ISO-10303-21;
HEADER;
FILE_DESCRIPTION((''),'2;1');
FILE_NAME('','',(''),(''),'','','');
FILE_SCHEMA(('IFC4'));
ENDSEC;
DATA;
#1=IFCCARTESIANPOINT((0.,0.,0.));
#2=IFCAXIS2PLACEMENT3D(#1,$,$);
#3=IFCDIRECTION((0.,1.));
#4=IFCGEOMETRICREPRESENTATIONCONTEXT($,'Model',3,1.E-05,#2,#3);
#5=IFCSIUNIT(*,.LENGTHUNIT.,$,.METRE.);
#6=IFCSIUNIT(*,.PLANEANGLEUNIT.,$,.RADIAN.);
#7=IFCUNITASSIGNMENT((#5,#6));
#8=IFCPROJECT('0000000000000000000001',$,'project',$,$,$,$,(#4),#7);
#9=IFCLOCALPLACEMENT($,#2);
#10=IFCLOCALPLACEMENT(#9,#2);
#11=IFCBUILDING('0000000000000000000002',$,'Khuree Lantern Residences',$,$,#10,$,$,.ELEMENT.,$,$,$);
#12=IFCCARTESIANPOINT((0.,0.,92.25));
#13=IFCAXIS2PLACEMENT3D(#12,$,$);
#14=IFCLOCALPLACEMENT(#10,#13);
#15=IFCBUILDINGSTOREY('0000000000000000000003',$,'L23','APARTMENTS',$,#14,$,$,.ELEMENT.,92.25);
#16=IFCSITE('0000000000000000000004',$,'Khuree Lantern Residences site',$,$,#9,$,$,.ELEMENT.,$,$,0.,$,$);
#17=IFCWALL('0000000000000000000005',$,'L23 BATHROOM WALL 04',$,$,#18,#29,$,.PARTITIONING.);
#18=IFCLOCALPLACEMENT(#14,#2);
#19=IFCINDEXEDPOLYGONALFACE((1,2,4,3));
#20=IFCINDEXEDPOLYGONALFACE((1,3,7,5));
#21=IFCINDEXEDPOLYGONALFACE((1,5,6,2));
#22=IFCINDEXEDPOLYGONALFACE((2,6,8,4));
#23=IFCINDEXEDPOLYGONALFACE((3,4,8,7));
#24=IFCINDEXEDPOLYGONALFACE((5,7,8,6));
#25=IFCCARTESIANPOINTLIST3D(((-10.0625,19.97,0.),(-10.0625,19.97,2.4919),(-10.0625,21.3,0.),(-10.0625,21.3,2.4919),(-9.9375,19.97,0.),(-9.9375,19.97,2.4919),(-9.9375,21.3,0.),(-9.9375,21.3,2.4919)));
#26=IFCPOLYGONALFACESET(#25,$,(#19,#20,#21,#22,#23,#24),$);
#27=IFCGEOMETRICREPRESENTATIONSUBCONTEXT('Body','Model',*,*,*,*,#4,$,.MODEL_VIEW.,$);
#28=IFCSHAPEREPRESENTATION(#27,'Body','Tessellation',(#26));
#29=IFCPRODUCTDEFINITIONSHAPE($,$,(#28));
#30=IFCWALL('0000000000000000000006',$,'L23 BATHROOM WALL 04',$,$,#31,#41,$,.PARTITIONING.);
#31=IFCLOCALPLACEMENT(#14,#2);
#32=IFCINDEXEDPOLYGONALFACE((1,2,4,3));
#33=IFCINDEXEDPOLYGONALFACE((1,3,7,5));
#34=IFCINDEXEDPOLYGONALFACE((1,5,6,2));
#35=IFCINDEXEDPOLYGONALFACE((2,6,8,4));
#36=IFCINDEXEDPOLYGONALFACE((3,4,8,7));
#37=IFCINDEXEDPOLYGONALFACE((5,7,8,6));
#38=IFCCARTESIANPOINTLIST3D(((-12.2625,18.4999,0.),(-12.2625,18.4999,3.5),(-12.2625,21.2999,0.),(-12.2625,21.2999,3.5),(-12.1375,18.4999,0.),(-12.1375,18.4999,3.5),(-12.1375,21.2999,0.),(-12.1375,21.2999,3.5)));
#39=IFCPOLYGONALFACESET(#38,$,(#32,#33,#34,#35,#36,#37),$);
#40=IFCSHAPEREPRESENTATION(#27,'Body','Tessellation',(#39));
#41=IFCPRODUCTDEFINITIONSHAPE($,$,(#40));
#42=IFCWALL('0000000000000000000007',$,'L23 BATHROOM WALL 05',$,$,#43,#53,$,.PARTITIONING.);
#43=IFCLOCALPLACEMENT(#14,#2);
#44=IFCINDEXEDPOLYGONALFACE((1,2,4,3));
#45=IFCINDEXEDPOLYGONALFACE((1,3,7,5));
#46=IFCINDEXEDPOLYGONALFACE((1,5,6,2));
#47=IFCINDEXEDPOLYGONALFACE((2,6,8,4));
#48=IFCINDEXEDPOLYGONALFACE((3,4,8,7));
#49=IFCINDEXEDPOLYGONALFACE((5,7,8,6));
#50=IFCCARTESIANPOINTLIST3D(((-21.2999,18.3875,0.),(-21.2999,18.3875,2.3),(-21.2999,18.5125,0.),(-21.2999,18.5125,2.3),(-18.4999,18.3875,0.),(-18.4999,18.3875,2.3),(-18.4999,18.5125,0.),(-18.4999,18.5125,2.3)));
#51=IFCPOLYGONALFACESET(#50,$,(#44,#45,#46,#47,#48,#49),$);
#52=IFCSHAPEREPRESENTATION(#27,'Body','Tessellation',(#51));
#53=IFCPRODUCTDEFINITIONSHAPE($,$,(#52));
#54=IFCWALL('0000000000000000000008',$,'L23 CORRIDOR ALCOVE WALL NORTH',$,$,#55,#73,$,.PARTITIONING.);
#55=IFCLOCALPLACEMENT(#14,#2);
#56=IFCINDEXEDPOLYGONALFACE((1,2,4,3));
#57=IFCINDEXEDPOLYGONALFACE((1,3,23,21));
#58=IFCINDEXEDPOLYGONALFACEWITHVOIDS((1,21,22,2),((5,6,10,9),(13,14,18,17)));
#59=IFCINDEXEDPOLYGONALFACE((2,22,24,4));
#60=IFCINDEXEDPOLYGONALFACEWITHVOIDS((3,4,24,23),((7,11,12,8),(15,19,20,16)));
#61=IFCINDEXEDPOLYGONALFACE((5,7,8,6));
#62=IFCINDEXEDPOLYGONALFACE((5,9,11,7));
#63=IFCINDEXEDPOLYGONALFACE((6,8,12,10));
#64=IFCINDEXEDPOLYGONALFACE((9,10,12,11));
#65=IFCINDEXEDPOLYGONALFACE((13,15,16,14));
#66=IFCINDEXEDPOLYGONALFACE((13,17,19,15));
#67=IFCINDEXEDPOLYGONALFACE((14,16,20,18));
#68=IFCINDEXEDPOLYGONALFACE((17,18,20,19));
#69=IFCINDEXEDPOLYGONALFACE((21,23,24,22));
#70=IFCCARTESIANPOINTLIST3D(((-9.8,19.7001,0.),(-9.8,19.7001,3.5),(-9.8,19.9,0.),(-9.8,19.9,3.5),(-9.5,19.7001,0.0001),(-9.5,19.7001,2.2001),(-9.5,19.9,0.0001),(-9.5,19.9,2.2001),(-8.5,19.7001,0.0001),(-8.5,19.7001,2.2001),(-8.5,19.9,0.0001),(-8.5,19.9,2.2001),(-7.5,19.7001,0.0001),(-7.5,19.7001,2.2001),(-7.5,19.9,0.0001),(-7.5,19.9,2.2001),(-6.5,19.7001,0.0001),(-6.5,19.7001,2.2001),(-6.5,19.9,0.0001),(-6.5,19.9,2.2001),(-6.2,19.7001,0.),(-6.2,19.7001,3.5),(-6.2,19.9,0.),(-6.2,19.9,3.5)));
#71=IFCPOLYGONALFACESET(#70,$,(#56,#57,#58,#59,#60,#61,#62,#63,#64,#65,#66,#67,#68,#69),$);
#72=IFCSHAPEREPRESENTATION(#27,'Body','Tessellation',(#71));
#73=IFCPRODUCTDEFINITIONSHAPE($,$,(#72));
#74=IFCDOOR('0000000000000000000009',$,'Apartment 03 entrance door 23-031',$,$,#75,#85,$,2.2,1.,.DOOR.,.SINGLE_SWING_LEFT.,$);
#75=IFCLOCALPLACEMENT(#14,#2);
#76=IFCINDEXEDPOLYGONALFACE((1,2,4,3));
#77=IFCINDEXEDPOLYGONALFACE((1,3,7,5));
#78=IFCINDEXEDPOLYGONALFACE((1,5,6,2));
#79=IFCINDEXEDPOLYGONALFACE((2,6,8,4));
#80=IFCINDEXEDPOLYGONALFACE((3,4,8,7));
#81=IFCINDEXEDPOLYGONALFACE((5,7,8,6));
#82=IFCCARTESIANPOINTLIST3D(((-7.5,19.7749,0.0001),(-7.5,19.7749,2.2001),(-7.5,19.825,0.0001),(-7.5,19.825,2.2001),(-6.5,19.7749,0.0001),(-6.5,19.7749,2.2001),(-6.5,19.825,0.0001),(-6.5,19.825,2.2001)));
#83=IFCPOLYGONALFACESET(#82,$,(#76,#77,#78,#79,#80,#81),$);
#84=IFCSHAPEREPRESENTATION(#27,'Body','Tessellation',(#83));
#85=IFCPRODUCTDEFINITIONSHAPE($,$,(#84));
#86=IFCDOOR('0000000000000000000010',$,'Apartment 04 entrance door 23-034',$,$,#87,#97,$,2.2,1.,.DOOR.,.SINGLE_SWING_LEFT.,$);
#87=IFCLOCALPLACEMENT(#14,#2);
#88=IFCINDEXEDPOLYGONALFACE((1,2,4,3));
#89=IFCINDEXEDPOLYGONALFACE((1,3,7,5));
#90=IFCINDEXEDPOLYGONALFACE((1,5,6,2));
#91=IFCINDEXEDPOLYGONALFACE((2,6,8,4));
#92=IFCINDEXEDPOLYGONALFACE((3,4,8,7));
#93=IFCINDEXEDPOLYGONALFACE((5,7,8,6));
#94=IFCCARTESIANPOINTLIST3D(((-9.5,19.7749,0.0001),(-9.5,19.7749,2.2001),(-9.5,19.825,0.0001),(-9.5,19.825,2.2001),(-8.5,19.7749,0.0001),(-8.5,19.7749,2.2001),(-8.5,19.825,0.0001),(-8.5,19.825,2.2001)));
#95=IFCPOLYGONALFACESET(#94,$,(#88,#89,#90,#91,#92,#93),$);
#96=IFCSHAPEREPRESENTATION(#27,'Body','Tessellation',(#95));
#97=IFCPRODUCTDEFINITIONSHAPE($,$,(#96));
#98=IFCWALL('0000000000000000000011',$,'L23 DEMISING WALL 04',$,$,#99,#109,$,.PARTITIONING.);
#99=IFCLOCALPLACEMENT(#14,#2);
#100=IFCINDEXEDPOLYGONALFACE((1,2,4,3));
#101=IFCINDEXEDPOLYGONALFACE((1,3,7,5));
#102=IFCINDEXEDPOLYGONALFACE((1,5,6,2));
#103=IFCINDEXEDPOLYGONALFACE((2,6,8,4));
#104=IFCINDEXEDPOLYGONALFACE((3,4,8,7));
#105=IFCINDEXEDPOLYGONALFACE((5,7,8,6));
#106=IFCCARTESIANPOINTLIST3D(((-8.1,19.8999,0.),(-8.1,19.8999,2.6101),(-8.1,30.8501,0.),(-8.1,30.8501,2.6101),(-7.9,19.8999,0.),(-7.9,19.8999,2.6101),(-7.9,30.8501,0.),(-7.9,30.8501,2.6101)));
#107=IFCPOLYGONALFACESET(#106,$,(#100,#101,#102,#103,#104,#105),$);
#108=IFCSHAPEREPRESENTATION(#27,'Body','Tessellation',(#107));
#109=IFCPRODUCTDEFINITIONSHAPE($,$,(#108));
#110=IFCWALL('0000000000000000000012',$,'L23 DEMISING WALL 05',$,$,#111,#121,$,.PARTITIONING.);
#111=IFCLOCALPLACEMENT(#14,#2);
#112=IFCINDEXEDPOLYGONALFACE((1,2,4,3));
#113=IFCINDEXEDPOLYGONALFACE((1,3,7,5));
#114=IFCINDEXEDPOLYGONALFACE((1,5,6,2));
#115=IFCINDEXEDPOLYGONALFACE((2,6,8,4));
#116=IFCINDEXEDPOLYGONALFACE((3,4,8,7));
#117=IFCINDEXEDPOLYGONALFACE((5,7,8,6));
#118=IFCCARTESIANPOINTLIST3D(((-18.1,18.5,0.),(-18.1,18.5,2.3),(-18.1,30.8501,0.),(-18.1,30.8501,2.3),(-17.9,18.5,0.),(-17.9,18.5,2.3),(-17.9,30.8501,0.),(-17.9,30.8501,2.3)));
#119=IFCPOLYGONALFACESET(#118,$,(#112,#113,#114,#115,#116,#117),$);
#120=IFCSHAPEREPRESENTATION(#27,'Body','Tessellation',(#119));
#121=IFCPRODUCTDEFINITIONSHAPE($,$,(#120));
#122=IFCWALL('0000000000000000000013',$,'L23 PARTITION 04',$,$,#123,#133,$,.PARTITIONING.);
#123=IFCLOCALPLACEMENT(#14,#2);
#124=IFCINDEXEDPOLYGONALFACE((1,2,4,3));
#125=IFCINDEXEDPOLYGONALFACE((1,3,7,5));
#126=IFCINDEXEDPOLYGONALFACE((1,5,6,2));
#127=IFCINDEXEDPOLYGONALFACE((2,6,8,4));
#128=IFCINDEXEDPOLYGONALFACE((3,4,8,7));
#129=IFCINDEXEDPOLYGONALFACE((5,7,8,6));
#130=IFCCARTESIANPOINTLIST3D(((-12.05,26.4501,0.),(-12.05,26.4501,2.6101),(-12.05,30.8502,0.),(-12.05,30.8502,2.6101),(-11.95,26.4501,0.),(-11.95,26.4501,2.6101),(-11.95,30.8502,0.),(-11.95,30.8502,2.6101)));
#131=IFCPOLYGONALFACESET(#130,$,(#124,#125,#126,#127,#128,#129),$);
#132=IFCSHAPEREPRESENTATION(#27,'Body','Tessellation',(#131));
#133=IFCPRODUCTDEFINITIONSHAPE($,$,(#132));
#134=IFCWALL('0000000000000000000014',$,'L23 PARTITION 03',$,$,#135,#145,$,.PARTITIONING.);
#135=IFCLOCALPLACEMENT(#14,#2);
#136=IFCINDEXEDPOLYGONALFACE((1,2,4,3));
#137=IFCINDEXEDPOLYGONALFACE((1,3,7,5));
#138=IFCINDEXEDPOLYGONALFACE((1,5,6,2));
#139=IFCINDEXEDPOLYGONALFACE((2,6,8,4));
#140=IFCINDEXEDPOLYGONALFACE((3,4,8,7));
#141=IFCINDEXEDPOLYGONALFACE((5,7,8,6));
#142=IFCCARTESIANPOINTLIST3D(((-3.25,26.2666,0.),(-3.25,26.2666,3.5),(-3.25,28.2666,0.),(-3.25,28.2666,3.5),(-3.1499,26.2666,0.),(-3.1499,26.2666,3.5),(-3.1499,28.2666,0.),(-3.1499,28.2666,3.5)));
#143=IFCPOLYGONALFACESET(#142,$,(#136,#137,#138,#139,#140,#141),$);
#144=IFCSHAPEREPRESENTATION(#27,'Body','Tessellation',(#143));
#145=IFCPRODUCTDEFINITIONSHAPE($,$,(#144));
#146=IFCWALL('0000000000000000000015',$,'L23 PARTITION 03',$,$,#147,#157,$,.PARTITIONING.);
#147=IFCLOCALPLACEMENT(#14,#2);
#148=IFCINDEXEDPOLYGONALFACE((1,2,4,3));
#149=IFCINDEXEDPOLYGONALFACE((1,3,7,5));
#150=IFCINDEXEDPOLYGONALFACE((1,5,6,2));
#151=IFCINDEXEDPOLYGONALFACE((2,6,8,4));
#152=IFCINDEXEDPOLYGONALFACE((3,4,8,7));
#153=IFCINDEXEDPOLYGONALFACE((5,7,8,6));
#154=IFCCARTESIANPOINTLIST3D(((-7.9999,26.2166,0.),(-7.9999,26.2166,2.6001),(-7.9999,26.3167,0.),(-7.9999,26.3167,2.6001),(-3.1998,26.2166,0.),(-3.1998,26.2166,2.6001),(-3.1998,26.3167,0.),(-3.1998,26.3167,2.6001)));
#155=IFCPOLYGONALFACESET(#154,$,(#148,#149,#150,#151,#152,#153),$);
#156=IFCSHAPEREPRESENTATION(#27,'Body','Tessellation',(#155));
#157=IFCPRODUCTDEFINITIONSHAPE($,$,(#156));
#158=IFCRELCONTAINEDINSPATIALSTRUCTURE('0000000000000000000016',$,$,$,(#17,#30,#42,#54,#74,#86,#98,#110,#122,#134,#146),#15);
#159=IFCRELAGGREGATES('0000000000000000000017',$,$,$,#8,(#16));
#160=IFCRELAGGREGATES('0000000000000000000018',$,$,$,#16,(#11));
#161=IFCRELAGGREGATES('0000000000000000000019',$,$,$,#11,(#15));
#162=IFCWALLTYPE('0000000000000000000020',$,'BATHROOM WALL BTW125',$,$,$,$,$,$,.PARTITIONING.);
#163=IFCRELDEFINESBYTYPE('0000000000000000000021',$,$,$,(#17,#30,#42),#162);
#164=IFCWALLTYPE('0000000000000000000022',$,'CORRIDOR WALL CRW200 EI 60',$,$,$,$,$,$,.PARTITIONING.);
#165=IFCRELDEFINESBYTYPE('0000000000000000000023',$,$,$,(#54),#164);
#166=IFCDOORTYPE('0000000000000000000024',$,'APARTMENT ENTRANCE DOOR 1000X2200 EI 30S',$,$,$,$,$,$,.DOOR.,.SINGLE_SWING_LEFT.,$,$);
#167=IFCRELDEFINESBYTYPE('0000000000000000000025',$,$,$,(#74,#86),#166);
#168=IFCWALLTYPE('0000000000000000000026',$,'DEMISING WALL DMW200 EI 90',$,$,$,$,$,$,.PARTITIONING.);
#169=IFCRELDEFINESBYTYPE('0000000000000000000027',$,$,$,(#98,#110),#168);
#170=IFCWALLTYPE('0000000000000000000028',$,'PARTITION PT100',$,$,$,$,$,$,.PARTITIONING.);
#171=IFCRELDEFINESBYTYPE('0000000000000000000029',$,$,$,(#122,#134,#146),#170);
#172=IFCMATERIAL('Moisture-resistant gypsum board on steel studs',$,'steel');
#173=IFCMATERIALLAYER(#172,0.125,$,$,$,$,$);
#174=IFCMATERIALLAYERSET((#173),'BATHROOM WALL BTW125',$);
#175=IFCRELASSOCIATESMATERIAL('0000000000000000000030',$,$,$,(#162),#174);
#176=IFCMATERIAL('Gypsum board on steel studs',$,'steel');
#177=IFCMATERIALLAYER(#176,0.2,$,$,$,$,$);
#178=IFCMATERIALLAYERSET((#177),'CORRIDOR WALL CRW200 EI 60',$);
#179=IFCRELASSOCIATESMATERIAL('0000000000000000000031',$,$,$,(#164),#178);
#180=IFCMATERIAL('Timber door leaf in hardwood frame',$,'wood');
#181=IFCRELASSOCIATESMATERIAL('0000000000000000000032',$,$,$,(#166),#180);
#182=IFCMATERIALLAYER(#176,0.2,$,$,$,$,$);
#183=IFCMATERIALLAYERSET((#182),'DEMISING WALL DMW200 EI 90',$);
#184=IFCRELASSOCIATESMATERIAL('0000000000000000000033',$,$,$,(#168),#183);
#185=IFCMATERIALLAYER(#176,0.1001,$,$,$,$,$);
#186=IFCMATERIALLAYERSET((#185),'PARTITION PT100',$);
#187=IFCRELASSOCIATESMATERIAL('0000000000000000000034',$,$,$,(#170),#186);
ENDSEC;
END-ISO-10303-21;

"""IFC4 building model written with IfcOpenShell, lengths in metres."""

from ifc_helpers import new_model, si_unit, direction, frame, frame_2d, origin, place, context, subcontext, project, spatial, rectangle, extrude, material, layer, layer_set, type_object, element, fill, save


model = new_model("IFC4")

# Units and contexts
model_context = context("Model", 3, precision=1e-05, world=origin(), true_north=direction((0.0, 1.0)))
body_context = subcontext(model_context, "Body", "Model", "MODEL_VIEW")
ifc_project = project(units=[si_unit("LENGTHUNIT", "METRE"), si_unit("PLANEANGLEUNIT", "RADIAN")], contexts=[model_context])

# Site, building, storey
site_placement = place(None, origin())
site = spatial("IfcSite", under=ifc_project, at=site_placement, Name="Khuree Lantern Residences site", CompositionType="ELEMENT", RefElevation=0.0)
building_placement = place(site_placement, origin())
building = spatial("IfcBuilding", under=site, at=building_placement, Name="Khuree Lantern Residences", CompositionType="ELEMENT")
storey_placement = place(building_placement, frame((0.0, 0.0, 92.25)))
storey = spatial("IfcBuildingStorey", under=building, at=storey_placement, Name="L23", Description="APARTMENTS", CompositionType="ELEMENT", Elevation=92.25)

# Shared definitions
ifc_material_1 = material(Name="Moisture-resistant gypsum board on steel studs", Category="steel")
ifc_layer_1 = layer(ifc_material_1, 0.125)
ifc_layer_set_1 = layer_set([ifc_layer_1], Name="BATHROOM WALL BTW125")
wall_type_1 = type_object("IfcWallType", Name="BATHROOM WALL BTW125", PredefinedType="PARTITIONING", material=ifc_layer_set_1)
ifc_material_2 = material(Name="Timber door leaf in hardwood frame", Category="wood")

# Walls
wall_1_placement = place(storey_placement, frame((-10.0, 19.97, 0.0), z_axis=(0.0, 0.0, 1.0), x_axis=(0.0, 1.0, 0.0)))
element("IfcWall", 1, at=wall_1_placement, inside=storey, type_object=wall_type_1, Name="L23 BATHROOM WALL 04", PredefinedType="PARTITIONING", context=body_context, shape_type="SweptSolid", body=[
    extrude(rectangle(XDim=1.3301, YDim=0.125, at=frame_2d((0.665, 0.0))), origin(), (0.0, 0.0, 1.0), 2.4919),
])
wall_2_placement = place(storey_placement, frame((-12.2, 18.5, 0.0), z_axis=(0.0, 0.0, 1.0), x_axis=(0.0, 1.0, 0.0)))
element("IfcWall", 2, at=wall_2_placement, inside=storey, type_object=wall_type_1, Name="L23 BATHROOM WALL 04", PredefinedType="PARTITIONING", context=body_context, shape_type="SweptSolid", body=[
    extrude(rectangle(XDim=2.8, YDim=0.125, at=frame_2d((1.3999, 0.0))), origin(), (0.0, 0.0, 1.0), 3.5),
])
wall_3_placement = place(storey_placement, frame((-18.5, 18.45, 0.0), z_axis=(0.0, 0.0, 1.0), x_axis=(-1.0, 0.0, 0.0)))
element("IfcWall", 3, at=wall_3_placement, inside=storey, type_object=wall_type_1, Name="L23 BATHROOM WALL 05", PredefinedType="PARTITIONING", context=body_context, shape_type="SweptSolid", body=[
    extrude(rectangle(XDim=2.8, YDim=0.125, at=frame_2d((1.3999, 0.0))), origin(), (0.0, 0.0, 1.0), 2.3),
])

# Wall, openings, doors
ifc_material_3 = material(Name="Gypsum board on steel studs", Category="steel")
ifc_layer_2 = layer(ifc_material_3, 0.2)
ifc_layer_set_2 = layer_set([ifc_layer_2], Name="CORRIDOR WALL CRW200 EI 60")
wall_type_2 = type_object("IfcWallType", Name="CORRIDOR WALL CRW200 EI 60", PredefinedType="PARTITIONING", material=ifc_layer_set_2)
wall_4_placement = place(storey_placement, frame((-9.8, 19.8, 0.0), z_axis=(0.0, 0.0, 1.0), x_axis=(1.0, 0.0, 0.0)))
wall_4 = element("IfcWall", 4, at=wall_4_placement, inside=storey, type_object=wall_type_2, Name="L23 CORRIDOR ALCOVE WALL NORTH", PredefinedType="PARTITIONING", context=body_context, shape_type="SweptSolid", body=[
    extrude(rectangle(XDim=3.6001, YDim=0.2, at=frame_2d((1.8, 0.0))), origin(), (0.0, 0.0, 1.0), 3.5),
])
opening_1_placement = place(wall_4_placement, frame((2.3, 0.0, 0.0)))
opening_1 = element("IfcOpeningElement", 5, at=opening_1_placement, cuts=wall_4, PredefinedType="OPENING", context=body_context, shape_type="SweptSolid", body=[
    extrude(rectangle(XDim=1.0, YDim=2.2, at=frame_2d((0.5, 1.1001))), frame((0.0, 0.1099, 0.0), z_axis=(0.0, -1.0, 0.0), x_axis=(1.0, 0.0, 0.0)), (0.0, 0.0, 1.0), 0.22),
])
opening_2_placement = place(wall_4_placement, frame((0.3, 0.0, 0.0)))
opening_2 = element("IfcOpeningElement", 6, at=opening_2_placement, cuts=wall_4, PredefinedType="OPENING", context=body_context, shape_type="SweptSolid", body=[
    extrude(rectangle(XDim=1.0, YDim=2.2, at=frame_2d((0.5, 1.1001))), frame((0.0, 0.1099, 0.0), z_axis=(0.0, -1.0, 0.0), x_axis=(1.0, 0.0, 0.0)), (0.0, 0.0, 1.0), 0.22),
])
door_type_1 = type_object("IfcDoorType", Name="APARTMENT ENTRANCE DOOR 1000X2200 EI 30S", OperationType="SINGLE_SWING_LEFT", PredefinedType="DOOR", material=ifc_material_2)
door_1_placement = place(opening_1_placement, origin())
door_1 = element("IfcDoor", 7, at=door_1_placement, inside=storey, type_object=door_type_1, Name="Apartment 03 entrance door 23-031", OperationType="SINGLE_SWING_LEFT", OverallHeight=2.2, OverallWidth=1.0, PredefinedType="DOOR", context=body_context, shape_type="SweptSolid", body=[
    extrude(rectangle(XDim=1.0, YDim=2.2, at=frame_2d((0.5, 1.1001))), frame((0.0, 0.0249, 0.0), z_axis=(0.0, -1.0, 0.0), x_axis=(1.0, 0.0, 0.0)), (0.0, 0.0, 1.0), 0.05),
])
fill(opening_1, door_1)
door_2_placement = place(opening_2_placement, origin())
door_2 = element("IfcDoor", 8, at=door_2_placement, inside=storey, type_object=door_type_1, Name="Apartment 04 entrance door 23-034", OperationType="SINGLE_SWING_LEFT", OverallHeight=2.2, OverallWidth=1.0, PredefinedType="DOOR", context=body_context, shape_type="SweptSolid", body=[
    extrude(rectangle(XDim=1.0, YDim=2.2, at=frame_2d((0.5, 1.1001))), frame((0.0, 0.0249, 0.0), z_axis=(0.0, -1.0, 0.0), x_axis=(1.0, 0.0, 0.0)), (0.0, 0.0, 1.0), 0.05),
])
fill(opening_2, door_2)

# Walls
ifc_layer_3 = layer(ifc_material_3, 0.2)
ifc_layer_set_3 = layer_set([ifc_layer_3], Name="DEMISING WALL DMW200 EI 90")
wall_type_3 = type_object("IfcWallType", Name="DEMISING WALL DMW200 EI 90", PredefinedType="PARTITIONING", material=ifc_layer_set_3)
wall_5_placement = place(storey_placement, frame((-8.0, 19.8999, 0.0), z_axis=(0.0, 0.0, 1.0), x_axis=(0.0, 1.0, 0.0)))
element("IfcWall", 9, at=wall_5_placement, inside=storey, type_object=wall_type_3, Name="L23 DEMISING WALL 04", PredefinedType="PARTITIONING", context=body_context, shape_type="SweptSolid", body=[
    extrude(rectangle(XDim=10.9502, YDim=0.2, at=frame_2d((5.4751, 0.0))), origin(), (0.0, 0.0, 1.0), 2.6101),
])
wall_6_placement = place(storey_placement, frame((-18.0, 18.5, 0.0), z_axis=(0.0, 0.0, 1.0), x_axis=(0.0, 1.0, 0.0)))
element("IfcWall", 10, at=wall_6_placement, inside=storey, type_object=wall_type_3, Name="L23 DEMISING WALL 05", PredefinedType="PARTITIONING", context=body_context, shape_type="SweptSolid", body=[
    extrude(rectangle(XDim=12.3501, YDim=0.2, at=frame_2d((6.175, 0.0))), origin(), (0.0, 0.0, 1.0), 2.3),
])
ifc_layer_4 = layer(ifc_material_3, 0.1001)
ifc_layer_set_4 = layer_set([ifc_layer_4], Name="PARTITION PT100")
wall_type_4 = type_object("IfcWallType", Name="PARTITION PT100", PredefinedType="PARTITIONING", material=ifc_layer_set_4)
wall_7_placement = place(storey_placement, frame((-12.0, 26.45, 0.0), z_axis=(0.0, 0.0, 1.0), x_axis=(0.0, 1.0, 0.0)))
element("IfcWall", 11, at=wall_7_placement, inside=storey, type_object=wall_type_4, Name="L23 PARTITION 04", PredefinedType="PARTITIONING", context=body_context, shape_type="SweptSolid", body=[
    extrude(rectangle(XDim=4.4001, YDim=0.1001, at=frame_2d((2.2002, 0.0))), origin(), (0.0, 0.0, 1.0), 2.6101),
])
wall_8_placement = place(storey_placement, frame((-3.2, 26.2666, 0.0), z_axis=(0.0, 0.0, 1.0), x_axis=(0.0, 1.0, 0.0)))
element("IfcWall", 12, at=wall_8_placement, inside=storey, type_object=wall_type_4, Name="L23 PARTITION 03", PredefinedType="PARTITIONING", context=body_context, shape_type="SweptSolid", body=[
    extrude(rectangle(XDim=2.0, YDim=0.1001, at=frame_2d((1.0, 0.0))), origin(), (0.0, 0.0, 1.0), 3.5),
])
wall_9_placement = place(storey_placement, frame((-3.2, 26.2666, 0.0), z_axis=(0.0, 0.0, 1.0), x_axis=(-1.0, 0.0, 0.0)))
element("IfcWall", 13, at=wall_9_placement, inside=storey, type_object=wall_type_4, Name="L23 PARTITION 03", PredefinedType="PARTITIONING", context=body_context, shape_type="SweptSolid", body=[
    extrude(rectangle(XDim=4.8, YDim=0.1001, at=frame_2d((2.3999, 0.0))), origin(), (0.0, 0.0, 1.0), 2.6001),
])

save(model, "model.ifc")
